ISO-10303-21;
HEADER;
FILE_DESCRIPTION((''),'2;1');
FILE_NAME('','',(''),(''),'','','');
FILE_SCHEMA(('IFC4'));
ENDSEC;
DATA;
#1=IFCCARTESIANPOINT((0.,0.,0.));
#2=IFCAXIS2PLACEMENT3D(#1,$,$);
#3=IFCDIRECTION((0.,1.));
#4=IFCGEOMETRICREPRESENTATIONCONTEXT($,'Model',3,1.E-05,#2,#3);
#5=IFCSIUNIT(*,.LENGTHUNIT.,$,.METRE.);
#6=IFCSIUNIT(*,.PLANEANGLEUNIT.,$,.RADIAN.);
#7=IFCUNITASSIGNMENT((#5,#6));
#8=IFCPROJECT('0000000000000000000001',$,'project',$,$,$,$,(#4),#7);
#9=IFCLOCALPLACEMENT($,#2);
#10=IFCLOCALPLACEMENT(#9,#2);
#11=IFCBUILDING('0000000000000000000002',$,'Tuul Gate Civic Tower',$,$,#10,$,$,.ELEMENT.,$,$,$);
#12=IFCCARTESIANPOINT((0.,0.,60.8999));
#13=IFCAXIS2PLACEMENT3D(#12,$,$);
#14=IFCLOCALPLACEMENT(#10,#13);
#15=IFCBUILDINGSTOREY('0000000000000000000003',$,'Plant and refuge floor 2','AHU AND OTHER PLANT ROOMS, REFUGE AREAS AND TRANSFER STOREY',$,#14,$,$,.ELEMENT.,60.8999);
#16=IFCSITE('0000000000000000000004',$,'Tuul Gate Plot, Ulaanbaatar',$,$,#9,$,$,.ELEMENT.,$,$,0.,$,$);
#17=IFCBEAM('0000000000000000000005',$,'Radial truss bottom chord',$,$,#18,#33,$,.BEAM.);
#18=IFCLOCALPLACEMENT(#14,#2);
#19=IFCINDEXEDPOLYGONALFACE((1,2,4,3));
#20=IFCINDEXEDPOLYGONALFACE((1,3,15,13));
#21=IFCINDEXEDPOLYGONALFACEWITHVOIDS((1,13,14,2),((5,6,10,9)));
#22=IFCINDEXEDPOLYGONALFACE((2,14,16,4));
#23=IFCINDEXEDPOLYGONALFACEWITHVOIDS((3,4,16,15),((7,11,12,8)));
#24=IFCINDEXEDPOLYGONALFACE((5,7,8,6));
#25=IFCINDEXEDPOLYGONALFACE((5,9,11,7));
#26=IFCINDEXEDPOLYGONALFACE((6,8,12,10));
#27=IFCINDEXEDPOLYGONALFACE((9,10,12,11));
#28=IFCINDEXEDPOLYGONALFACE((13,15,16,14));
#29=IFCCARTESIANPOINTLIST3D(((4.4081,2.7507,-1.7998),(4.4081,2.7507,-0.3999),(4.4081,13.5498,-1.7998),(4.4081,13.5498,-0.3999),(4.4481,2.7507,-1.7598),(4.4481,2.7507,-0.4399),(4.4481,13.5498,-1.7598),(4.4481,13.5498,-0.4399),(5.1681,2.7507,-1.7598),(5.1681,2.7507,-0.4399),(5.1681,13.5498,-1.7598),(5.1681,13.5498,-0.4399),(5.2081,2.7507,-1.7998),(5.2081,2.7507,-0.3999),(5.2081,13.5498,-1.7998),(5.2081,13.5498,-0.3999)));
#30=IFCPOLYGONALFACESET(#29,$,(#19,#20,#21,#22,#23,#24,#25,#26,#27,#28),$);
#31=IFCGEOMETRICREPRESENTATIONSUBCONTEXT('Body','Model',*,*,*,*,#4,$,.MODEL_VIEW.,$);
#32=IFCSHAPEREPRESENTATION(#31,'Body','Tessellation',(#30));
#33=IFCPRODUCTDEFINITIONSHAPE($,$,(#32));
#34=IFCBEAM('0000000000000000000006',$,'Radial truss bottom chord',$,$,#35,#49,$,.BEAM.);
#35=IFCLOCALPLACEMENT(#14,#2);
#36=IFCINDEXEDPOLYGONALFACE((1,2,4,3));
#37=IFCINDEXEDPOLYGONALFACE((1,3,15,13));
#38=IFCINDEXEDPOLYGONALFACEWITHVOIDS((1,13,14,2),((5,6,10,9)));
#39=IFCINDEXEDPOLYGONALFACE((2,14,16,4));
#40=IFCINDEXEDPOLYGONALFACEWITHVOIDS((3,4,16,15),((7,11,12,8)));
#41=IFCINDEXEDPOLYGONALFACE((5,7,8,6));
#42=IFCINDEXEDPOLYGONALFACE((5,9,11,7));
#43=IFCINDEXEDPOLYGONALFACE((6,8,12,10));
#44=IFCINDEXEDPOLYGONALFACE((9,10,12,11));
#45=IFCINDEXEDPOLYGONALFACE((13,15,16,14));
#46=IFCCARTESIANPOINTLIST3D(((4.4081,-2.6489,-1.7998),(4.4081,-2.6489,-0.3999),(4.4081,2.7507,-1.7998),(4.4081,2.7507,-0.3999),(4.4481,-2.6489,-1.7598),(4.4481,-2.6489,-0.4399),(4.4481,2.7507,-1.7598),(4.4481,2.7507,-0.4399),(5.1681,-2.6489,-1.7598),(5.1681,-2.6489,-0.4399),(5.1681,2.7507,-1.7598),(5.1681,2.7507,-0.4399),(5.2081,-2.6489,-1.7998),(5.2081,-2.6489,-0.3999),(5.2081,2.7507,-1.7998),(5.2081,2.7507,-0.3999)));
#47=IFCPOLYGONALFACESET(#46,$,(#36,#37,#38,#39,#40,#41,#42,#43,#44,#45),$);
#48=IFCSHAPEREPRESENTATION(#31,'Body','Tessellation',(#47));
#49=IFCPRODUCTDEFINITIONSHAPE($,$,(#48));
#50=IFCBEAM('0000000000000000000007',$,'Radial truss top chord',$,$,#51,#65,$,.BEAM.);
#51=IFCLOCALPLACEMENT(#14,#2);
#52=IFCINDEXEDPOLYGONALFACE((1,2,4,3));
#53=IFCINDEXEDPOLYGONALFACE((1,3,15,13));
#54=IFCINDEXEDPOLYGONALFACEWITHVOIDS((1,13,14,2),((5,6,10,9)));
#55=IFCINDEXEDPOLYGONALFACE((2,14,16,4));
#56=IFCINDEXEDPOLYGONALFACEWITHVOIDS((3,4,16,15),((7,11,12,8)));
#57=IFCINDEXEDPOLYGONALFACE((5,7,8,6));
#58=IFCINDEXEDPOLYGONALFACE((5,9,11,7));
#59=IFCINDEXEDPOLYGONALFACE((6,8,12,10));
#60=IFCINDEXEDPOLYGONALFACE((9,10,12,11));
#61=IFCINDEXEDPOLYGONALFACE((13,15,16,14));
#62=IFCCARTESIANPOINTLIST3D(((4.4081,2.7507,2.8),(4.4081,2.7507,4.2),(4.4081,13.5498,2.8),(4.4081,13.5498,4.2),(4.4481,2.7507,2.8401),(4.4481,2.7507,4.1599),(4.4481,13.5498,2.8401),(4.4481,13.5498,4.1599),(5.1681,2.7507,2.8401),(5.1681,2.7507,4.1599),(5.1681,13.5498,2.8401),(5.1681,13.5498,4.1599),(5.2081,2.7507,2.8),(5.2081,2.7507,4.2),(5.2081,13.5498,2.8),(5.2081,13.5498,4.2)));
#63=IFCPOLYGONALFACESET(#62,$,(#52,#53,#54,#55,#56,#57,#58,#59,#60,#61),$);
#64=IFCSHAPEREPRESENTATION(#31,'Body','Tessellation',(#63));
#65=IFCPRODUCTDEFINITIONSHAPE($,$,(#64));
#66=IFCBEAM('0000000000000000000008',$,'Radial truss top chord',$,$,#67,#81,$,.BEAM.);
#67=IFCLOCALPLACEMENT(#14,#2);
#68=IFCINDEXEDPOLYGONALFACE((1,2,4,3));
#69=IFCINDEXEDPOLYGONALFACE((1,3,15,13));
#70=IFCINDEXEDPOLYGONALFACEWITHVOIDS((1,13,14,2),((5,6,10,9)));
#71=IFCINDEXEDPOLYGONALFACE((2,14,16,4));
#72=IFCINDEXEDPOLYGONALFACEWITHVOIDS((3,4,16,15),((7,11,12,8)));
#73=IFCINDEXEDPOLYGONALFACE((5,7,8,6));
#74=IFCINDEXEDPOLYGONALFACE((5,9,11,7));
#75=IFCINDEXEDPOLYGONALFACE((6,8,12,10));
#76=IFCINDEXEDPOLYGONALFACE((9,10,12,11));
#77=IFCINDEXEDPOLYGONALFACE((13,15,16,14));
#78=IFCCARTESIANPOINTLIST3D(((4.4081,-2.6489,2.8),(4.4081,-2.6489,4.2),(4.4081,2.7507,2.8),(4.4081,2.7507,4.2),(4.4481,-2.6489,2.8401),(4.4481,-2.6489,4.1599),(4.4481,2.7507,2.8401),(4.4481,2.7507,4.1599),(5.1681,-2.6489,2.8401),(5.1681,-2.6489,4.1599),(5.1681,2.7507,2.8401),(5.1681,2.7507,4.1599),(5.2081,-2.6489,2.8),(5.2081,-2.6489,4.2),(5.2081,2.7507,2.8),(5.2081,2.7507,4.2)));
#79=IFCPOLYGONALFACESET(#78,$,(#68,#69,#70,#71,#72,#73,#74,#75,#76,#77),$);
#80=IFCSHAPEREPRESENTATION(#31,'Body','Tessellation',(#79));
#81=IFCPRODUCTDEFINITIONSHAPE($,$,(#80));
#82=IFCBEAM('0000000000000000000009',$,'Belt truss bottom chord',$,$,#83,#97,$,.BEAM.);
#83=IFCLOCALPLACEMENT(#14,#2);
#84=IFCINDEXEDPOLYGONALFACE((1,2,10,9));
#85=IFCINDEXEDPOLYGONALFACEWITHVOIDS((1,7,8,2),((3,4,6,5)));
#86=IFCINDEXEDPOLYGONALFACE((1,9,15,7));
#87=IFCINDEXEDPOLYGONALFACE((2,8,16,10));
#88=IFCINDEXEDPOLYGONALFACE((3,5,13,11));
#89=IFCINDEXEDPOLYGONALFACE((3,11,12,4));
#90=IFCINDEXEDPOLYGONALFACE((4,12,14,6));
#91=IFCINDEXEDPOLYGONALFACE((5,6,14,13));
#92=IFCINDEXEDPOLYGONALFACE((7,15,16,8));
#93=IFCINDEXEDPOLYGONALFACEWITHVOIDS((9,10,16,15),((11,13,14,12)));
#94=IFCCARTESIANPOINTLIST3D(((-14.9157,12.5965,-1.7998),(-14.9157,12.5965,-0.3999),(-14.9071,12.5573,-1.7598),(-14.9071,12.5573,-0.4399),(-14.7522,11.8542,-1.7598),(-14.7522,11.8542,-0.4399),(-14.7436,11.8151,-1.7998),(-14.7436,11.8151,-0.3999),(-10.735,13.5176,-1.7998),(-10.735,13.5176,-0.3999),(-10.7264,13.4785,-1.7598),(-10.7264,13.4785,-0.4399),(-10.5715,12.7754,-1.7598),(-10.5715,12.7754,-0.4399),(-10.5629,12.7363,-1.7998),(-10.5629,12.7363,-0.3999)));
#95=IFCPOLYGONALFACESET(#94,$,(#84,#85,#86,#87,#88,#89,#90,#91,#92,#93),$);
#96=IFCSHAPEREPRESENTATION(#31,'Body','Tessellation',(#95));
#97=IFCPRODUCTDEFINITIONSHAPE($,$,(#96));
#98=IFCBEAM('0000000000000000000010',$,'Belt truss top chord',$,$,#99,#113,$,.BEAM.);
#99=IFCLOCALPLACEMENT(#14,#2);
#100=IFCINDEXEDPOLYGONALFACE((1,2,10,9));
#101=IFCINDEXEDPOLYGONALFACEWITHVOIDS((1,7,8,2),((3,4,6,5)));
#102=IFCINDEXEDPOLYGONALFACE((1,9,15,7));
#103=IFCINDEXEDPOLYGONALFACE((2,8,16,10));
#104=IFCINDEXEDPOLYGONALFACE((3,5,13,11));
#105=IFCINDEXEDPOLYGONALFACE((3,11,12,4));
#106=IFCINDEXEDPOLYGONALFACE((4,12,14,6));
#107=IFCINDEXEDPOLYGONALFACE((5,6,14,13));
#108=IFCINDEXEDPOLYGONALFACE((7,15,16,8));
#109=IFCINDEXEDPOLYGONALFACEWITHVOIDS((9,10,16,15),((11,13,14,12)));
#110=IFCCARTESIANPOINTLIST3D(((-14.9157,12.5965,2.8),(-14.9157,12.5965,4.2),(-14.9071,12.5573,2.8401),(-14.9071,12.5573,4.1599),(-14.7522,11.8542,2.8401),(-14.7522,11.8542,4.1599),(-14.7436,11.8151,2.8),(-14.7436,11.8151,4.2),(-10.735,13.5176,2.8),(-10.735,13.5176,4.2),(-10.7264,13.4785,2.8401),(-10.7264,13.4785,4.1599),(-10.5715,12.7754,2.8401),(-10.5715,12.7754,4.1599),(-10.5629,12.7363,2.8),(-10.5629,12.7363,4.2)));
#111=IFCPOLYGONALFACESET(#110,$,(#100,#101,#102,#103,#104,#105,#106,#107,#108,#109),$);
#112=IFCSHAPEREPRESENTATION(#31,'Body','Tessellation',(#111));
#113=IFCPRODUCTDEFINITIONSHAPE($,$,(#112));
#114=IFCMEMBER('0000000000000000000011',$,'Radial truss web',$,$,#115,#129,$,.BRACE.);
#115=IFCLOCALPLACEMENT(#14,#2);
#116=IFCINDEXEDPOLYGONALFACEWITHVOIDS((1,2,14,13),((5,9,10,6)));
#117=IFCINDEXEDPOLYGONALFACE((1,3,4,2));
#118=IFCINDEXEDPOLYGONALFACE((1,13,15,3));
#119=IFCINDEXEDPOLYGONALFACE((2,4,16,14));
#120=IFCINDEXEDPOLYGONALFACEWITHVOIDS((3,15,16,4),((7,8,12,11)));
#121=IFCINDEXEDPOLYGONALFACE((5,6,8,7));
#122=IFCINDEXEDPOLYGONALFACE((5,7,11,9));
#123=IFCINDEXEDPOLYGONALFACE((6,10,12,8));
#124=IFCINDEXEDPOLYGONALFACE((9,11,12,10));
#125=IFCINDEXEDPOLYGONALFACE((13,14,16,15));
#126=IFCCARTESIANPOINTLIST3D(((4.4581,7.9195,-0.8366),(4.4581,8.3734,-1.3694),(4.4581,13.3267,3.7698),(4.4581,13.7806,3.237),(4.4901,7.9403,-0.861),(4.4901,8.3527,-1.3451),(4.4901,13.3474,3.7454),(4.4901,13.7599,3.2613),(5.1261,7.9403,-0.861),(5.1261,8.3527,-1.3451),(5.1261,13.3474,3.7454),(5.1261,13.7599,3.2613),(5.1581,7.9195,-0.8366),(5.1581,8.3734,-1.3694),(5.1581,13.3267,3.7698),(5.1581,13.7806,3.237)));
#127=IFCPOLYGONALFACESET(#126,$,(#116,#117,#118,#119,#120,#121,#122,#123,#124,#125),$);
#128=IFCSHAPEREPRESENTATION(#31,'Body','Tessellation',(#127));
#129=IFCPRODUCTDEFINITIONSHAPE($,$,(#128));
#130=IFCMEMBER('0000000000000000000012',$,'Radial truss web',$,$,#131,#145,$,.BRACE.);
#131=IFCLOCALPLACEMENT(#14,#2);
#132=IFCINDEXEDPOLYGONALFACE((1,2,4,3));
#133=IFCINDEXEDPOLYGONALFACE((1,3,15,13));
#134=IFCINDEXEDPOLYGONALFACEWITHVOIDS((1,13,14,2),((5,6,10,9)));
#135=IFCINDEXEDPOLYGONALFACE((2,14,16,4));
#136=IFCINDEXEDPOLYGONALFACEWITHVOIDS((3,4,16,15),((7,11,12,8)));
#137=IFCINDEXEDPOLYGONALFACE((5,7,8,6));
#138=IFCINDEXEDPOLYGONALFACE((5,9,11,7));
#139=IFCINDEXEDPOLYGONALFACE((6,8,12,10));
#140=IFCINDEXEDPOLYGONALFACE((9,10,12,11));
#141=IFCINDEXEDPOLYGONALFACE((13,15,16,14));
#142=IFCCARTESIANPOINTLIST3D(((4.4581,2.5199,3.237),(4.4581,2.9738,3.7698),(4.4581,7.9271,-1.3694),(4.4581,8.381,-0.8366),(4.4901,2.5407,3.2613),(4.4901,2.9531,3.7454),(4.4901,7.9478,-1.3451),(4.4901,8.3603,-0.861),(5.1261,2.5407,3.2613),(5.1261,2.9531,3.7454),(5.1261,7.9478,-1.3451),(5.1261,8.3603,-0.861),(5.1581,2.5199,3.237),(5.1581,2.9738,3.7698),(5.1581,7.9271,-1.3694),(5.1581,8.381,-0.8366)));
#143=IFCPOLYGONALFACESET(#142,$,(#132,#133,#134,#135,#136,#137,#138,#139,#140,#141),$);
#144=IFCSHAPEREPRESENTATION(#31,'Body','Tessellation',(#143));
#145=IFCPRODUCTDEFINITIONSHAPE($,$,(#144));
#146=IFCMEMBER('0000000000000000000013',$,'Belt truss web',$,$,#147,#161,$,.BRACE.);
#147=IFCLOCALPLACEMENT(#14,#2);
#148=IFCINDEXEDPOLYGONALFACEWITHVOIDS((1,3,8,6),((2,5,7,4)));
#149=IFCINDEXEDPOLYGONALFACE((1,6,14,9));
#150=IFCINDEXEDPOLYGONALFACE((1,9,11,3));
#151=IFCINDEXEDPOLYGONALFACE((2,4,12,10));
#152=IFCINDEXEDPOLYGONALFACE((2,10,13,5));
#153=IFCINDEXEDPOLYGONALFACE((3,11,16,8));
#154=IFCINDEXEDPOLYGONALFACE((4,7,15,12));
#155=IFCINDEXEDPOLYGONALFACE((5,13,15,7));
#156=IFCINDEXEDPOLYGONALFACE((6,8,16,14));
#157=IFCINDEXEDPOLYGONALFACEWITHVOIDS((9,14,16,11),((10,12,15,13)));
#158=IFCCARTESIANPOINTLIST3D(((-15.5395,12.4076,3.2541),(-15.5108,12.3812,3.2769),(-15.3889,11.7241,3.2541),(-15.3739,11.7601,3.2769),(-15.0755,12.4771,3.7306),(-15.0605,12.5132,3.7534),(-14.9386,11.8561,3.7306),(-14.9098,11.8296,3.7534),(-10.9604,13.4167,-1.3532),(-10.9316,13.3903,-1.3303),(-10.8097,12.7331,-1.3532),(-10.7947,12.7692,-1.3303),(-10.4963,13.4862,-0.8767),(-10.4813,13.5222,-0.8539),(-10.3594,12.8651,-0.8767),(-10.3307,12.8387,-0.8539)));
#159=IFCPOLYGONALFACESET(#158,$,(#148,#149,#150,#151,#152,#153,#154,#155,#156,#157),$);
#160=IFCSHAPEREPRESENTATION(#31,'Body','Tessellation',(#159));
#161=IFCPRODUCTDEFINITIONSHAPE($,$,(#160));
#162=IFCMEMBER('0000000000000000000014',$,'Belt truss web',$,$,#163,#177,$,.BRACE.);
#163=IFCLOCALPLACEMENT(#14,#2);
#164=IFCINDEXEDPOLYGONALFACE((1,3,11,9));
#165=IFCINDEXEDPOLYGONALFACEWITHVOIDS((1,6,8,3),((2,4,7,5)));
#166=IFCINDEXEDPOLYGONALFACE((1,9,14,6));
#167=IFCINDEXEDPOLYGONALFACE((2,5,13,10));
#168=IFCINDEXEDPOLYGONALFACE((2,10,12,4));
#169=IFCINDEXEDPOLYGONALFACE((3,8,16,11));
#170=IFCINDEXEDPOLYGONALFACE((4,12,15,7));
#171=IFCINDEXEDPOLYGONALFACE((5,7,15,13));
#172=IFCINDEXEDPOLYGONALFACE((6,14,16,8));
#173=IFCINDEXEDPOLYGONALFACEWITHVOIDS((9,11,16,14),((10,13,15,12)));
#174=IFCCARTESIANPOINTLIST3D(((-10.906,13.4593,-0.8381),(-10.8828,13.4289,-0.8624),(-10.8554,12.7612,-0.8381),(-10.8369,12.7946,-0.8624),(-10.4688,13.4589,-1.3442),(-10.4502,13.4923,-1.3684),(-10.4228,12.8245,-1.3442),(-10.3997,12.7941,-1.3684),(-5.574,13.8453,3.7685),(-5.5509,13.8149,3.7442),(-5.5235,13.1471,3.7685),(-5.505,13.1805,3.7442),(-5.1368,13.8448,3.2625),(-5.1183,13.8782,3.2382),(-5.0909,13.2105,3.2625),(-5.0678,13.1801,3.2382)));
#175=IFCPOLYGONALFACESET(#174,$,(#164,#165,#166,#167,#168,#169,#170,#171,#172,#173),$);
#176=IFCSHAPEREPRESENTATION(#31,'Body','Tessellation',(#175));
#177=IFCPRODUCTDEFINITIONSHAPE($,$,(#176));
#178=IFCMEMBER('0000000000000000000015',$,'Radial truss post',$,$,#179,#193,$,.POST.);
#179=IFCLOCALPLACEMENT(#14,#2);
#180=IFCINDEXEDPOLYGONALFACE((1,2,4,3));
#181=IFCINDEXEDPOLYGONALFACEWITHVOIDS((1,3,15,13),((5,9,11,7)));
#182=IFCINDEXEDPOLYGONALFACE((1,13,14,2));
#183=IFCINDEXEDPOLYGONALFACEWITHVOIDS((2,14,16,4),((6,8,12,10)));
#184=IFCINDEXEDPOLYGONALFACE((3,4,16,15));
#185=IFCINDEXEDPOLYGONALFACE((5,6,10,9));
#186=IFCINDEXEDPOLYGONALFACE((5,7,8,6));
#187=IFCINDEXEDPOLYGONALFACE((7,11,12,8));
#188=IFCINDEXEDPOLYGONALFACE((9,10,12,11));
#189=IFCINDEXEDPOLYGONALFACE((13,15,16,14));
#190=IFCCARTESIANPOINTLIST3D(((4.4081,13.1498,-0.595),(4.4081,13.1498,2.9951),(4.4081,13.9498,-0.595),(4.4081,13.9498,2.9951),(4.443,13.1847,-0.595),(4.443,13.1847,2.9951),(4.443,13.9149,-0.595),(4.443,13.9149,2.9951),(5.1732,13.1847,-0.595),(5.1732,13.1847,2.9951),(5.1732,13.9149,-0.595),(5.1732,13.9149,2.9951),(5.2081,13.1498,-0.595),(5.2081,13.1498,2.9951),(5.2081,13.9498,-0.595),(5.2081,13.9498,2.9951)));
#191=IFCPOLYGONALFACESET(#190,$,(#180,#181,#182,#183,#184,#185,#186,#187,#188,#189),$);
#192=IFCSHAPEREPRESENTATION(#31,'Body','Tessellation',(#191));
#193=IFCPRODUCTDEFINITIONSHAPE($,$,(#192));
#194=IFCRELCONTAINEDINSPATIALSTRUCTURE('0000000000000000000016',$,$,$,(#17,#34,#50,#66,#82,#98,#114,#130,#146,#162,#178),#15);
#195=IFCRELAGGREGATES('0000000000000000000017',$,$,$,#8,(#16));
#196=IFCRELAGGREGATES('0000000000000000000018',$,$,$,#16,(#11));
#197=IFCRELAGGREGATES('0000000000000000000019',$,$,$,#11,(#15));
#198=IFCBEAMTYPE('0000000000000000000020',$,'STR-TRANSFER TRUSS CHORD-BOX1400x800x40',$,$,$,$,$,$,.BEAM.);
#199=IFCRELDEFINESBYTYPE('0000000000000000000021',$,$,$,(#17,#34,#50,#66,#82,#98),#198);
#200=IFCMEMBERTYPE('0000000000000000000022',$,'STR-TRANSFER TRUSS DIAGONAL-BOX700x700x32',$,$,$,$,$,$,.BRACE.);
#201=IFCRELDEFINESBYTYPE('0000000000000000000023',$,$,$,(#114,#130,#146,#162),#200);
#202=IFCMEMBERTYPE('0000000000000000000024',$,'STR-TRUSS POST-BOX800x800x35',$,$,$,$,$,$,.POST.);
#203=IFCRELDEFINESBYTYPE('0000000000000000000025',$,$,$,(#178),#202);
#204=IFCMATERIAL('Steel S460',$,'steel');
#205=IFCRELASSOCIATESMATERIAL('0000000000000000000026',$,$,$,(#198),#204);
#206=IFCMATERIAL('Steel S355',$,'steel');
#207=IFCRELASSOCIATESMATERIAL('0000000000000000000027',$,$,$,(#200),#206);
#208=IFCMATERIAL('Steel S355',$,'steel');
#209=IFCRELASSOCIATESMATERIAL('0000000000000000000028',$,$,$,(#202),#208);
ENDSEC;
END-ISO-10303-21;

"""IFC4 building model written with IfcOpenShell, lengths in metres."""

from ifc_helpers import new_model, si_unit, direction, frame, origin, origin_2d, place, context, subcontext, project, spatial, hollow_rectangle, extrude, material, material_profile, profile_set, type_object, element, save


model = new_model("IFC4")

# Units and contexts
model_context = context("Model", 3, precision=1e-05, world=origin(), true_north=direction((0.0, 1.0)))
body_context = subcontext(model_context, "Body", "Model", "MODEL_VIEW")
ifc_project = project(units=[si_unit("LENGTHUNIT", "METRE"), si_unit("PLANEANGLEUNIT", "RADIAN")], contexts=[model_context])

# Site, building, storey
site_placement = place(None, origin())
site = spatial("IfcSite", under=ifc_project, at=site_placement, Name="Tuul Gate Plot, Ulaanbaatar", CompositionType="ELEMENT", RefElevation=0.0)
building_placement = place(site_placement, origin())
building = spatial("IfcBuilding", under=site, at=building_placement, Name="Tuul Gate Civic Tower", CompositionType="ELEMENT")
storey_placement = place(building_placement, frame((0.0, 0.0, 60.8999)))
storey = spatial("IfcBuildingStorey", under=building, at=storey_placement, Name="Plant and refuge floor 2", Description="AHU AND OTHER PLANT ROOMS, REFUGE AREAS AND TRANSFER STOREY", CompositionType="ELEMENT", Elevation=60.8999)

# Beams
ifc_material_1 = material(Name="Steel S460", Category="steel")
ifc_material_profile_1 = material_profile(ifc_material_1, hollow_rectangle(XDim=0.8, YDim=1.3999, WallThickness=0.04, at=origin_2d()), Name="BOX1400x800x40")
ifc_profile_set_1 = profile_set([ifc_material_profile_1], Name="Steel S460")
beam_type = type_object("IfcBeamType", Name="STR-TRANSFER TRUSS CHORD-BOX1400x800x40", PredefinedType="BEAM", material=ifc_profile_set_1)
beam_1_placement = place(storey_placement, frame((4.8081, 13.5498, -1.0999), z_axis=(0.0, -1.0, 0.0), x_axis=(1.0, 0.0, 0.0)))
element("IfcBeam", 1, at=beam_1_placement, inside=storey, type_object=beam_type, Name="Radial truss bottom chord", PredefinedType="BEAM", context=body_context, shape_type="SweptSolid", body=[
    extrude(hollow_rectangle(XDim=0.8, YDim=1.3999, WallThickness=0.04, at=origin_2d()), origin(), (0.0, 0.0, 1.0), 10.7991),
])
beam_2_placement = place(storey_placement, frame((4.8081, 2.7507, -1.0999), z_axis=(0.0, -1.0, 0.0), x_axis=(1.0, 0.0, 0.0)))
element("IfcBeam", 2, at=beam_2_placement, inside=storey, type_object=beam_type, Name="Radial truss bottom chord", PredefinedType="BEAM", context=body_context, shape_type="SweptSolid", body=[
    extrude(hollow_rectangle(XDim=0.8, YDim=1.3999, WallThickness=0.04, at=origin_2d()), origin(), (0.0, 0.0, 1.0), 5.3997),
])
beam_3_placement = place(storey_placement, frame((4.8081, 13.5498, 3.5), z_axis=(0.0, -1.0, 0.0), x_axis=(1.0, 0.0, 0.0)))
element("IfcBeam", 3, at=beam_3_placement, inside=storey, type_object=beam_type, Name="Radial truss top chord", PredefinedType="BEAM", context=body_context, shape_type="SweptSolid", body=[
    extrude(hollow_rectangle(XDim=0.8, YDim=1.3999, WallThickness=0.04, at=origin_2d()), origin(), (0.0, 0.0, 1.0), 10.7991),
])
beam_4_placement = place(storey_placement, frame((4.8081, 2.7507, 3.5), z_axis=(0.0, -1.0, 0.0), x_axis=(1.0, 0.0, 0.0)))
element("IfcBeam", 4, at=beam_4_placement, inside=storey, type_object=beam_type, Name="Radial truss top chord", PredefinedType="BEAM", context=body_context, shape_type="SweptSolid", body=[
    extrude(hollow_rectangle(XDim=0.8, YDim=1.3999, WallThickness=0.04, at=origin_2d()), origin(), (0.0, 0.0, 1.0), 5.3997),
])
for number, where, z_axis, x_axis, name in (
    (5, (-10.6489, 13.127, -1.0999), (-0.976576, -0.215173, 0.0), (0.215173, -0.976576, 0.0), "Belt truss bottom chord"),
    (6, (-10.6489, 13.127, 3.5), (-0.976576, -0.215173, 0.0), (0.215173, -0.976576, 0.0), "Belt truss top chord"),
):
    element("IfcBeam", number, at=place(storey_placement, frame(where, z_axis=z_axis, x_axis=x_axis)), inside=storey, type_object=beam_type, Name=name, PredefinedType="BEAM", context=body_context, shape_type="SweptSolid", body=[
        extrude(hollow_rectangle(XDim=0.8, YDim=1.3999, WallThickness=0.04, at=origin_2d()), origin(), (0.0, 0.0, 1.0), 4.281),
    ])

# Members
ifc_material_2 = material(Name="Steel S355", Category="steel")
ifc_material_profile_2 = material_profile(ifc_material_2, hollow_rectangle(XDim=0.7, YDim=0.7, WallThickness=0.032, at=origin_2d()), Name="BOX700x700x32")
ifc_profile_set_2 = profile_set([ifc_material_profile_2], Name="Steel S355")
member_type_1 = type_object("IfcMemberType", Name="STR-TRANSFER TRUSS DIAGONAL-BOX700x700x32", PredefinedType="BRACE", material=ifc_profile_set_2)
for number, where, z_axis, x_axis, name in (
    (7, (4.8081, 8.1465, -1.103), (0.0, 0.761223, 0.64849), (-1.0, 0.0, 0.0), "Radial truss web"),
    (8, (4.8081, 8.1541, -1.103), (0.0, -0.761223, 0.64849), (1.0, 0.0, 0.0), "Radial truss web"),
):
    element("IfcMember", number, at=place(storey_placement, frame(where, z_axis=z_axis, x_axis=x_axis)), inside=storey, type_object=member_type_1, Name=name, PredefinedType="BRACE", context=body_context, shape_type="SweptSolid", body=[
        extrude(hollow_rectangle(XDim=0.7, YDim=0.7, WallThickness=0.032, at=origin_2d()), origin(), (0.0, 0.0, 1.0), 7.1033),
    ])
member_1_placement = place(storey_placement, frame((-10.6455, 13.1277, -1.1035), z_axis=(-0.696588, -0.153497, 0.700859), x_axis=(0.215194, -0.976571, 0.0)))
element("IfcMember", 9, at=member_1_placement, inside=storey, type_object=member_type_1, Name="Belt truss web", PredefinedType="BRACE", context=body_context, shape_type="SweptSolid", body=[
    extrude(hollow_rectangle(XDim=0.7, YDim=0.7, WallThickness=0.032, at=origin_2d()), origin(), (0.0, 0.0, 1.0), 6.5737),
])
member_2_placement = place(storey_placement, frame((-10.6528, 13.1267, -1.1033), z_axis=(0.755567, 0.054696, 0.652784), x_axis=(-0.072201, 0.99739, 0.0)))
element("IfcMember", 10, at=member_2_placement, inside=storey, type_object=member_type_1, Name="Belt truss web", PredefinedType="BRACE", context=body_context, shape_type="SweptSolid", body=[
    extrude(hollow_rectangle(XDim=0.7, YDim=0.7, WallThickness=0.032, at=origin_2d()), origin(), (0.0, 0.0, 1.0), 7.0569),
])
ifc_material_3 = material(Name="Steel S355", Category="steel")
ifc_material_profile_3 = material_profile(ifc_material_3, hollow_rectangle(XDim=0.8, YDim=0.8, WallThickness=0.0349, at=origin_2d()), Name="BOX800x800x35")
ifc_profile_set_3 = profile_set([ifc_material_profile_3], Name="Steel S355")
member_type_2 = type_object("IfcMemberType", Name="STR-TRUSS POST-BOX800x800x35", PredefinedType="POST", material=ifc_profile_set_3)
for number, where, z_axis, x_axis, name in (
    (11, (4.8081, 13.5498, -0.595), (0.0, 0.0, 1.0), (1.0, 0.0, 0.0), "Radial truss post"),
):
    element("IfcMember", number, at=place(storey_placement, frame(where, z_axis=z_axis, x_axis=x_axis)), inside=storey, type_object=member_type_2, Name=name, PredefinedType="POST", context=body_context, shape_type="SweptSolid", body=[
        extrude(hollow_rectangle(XDim=0.8, YDim=0.8, WallThickness=0.0349, at=origin_2d()), origin(), (0.0, 0.0, 1.0), 3.5901),
    ])

save(model, "model.ifc")
